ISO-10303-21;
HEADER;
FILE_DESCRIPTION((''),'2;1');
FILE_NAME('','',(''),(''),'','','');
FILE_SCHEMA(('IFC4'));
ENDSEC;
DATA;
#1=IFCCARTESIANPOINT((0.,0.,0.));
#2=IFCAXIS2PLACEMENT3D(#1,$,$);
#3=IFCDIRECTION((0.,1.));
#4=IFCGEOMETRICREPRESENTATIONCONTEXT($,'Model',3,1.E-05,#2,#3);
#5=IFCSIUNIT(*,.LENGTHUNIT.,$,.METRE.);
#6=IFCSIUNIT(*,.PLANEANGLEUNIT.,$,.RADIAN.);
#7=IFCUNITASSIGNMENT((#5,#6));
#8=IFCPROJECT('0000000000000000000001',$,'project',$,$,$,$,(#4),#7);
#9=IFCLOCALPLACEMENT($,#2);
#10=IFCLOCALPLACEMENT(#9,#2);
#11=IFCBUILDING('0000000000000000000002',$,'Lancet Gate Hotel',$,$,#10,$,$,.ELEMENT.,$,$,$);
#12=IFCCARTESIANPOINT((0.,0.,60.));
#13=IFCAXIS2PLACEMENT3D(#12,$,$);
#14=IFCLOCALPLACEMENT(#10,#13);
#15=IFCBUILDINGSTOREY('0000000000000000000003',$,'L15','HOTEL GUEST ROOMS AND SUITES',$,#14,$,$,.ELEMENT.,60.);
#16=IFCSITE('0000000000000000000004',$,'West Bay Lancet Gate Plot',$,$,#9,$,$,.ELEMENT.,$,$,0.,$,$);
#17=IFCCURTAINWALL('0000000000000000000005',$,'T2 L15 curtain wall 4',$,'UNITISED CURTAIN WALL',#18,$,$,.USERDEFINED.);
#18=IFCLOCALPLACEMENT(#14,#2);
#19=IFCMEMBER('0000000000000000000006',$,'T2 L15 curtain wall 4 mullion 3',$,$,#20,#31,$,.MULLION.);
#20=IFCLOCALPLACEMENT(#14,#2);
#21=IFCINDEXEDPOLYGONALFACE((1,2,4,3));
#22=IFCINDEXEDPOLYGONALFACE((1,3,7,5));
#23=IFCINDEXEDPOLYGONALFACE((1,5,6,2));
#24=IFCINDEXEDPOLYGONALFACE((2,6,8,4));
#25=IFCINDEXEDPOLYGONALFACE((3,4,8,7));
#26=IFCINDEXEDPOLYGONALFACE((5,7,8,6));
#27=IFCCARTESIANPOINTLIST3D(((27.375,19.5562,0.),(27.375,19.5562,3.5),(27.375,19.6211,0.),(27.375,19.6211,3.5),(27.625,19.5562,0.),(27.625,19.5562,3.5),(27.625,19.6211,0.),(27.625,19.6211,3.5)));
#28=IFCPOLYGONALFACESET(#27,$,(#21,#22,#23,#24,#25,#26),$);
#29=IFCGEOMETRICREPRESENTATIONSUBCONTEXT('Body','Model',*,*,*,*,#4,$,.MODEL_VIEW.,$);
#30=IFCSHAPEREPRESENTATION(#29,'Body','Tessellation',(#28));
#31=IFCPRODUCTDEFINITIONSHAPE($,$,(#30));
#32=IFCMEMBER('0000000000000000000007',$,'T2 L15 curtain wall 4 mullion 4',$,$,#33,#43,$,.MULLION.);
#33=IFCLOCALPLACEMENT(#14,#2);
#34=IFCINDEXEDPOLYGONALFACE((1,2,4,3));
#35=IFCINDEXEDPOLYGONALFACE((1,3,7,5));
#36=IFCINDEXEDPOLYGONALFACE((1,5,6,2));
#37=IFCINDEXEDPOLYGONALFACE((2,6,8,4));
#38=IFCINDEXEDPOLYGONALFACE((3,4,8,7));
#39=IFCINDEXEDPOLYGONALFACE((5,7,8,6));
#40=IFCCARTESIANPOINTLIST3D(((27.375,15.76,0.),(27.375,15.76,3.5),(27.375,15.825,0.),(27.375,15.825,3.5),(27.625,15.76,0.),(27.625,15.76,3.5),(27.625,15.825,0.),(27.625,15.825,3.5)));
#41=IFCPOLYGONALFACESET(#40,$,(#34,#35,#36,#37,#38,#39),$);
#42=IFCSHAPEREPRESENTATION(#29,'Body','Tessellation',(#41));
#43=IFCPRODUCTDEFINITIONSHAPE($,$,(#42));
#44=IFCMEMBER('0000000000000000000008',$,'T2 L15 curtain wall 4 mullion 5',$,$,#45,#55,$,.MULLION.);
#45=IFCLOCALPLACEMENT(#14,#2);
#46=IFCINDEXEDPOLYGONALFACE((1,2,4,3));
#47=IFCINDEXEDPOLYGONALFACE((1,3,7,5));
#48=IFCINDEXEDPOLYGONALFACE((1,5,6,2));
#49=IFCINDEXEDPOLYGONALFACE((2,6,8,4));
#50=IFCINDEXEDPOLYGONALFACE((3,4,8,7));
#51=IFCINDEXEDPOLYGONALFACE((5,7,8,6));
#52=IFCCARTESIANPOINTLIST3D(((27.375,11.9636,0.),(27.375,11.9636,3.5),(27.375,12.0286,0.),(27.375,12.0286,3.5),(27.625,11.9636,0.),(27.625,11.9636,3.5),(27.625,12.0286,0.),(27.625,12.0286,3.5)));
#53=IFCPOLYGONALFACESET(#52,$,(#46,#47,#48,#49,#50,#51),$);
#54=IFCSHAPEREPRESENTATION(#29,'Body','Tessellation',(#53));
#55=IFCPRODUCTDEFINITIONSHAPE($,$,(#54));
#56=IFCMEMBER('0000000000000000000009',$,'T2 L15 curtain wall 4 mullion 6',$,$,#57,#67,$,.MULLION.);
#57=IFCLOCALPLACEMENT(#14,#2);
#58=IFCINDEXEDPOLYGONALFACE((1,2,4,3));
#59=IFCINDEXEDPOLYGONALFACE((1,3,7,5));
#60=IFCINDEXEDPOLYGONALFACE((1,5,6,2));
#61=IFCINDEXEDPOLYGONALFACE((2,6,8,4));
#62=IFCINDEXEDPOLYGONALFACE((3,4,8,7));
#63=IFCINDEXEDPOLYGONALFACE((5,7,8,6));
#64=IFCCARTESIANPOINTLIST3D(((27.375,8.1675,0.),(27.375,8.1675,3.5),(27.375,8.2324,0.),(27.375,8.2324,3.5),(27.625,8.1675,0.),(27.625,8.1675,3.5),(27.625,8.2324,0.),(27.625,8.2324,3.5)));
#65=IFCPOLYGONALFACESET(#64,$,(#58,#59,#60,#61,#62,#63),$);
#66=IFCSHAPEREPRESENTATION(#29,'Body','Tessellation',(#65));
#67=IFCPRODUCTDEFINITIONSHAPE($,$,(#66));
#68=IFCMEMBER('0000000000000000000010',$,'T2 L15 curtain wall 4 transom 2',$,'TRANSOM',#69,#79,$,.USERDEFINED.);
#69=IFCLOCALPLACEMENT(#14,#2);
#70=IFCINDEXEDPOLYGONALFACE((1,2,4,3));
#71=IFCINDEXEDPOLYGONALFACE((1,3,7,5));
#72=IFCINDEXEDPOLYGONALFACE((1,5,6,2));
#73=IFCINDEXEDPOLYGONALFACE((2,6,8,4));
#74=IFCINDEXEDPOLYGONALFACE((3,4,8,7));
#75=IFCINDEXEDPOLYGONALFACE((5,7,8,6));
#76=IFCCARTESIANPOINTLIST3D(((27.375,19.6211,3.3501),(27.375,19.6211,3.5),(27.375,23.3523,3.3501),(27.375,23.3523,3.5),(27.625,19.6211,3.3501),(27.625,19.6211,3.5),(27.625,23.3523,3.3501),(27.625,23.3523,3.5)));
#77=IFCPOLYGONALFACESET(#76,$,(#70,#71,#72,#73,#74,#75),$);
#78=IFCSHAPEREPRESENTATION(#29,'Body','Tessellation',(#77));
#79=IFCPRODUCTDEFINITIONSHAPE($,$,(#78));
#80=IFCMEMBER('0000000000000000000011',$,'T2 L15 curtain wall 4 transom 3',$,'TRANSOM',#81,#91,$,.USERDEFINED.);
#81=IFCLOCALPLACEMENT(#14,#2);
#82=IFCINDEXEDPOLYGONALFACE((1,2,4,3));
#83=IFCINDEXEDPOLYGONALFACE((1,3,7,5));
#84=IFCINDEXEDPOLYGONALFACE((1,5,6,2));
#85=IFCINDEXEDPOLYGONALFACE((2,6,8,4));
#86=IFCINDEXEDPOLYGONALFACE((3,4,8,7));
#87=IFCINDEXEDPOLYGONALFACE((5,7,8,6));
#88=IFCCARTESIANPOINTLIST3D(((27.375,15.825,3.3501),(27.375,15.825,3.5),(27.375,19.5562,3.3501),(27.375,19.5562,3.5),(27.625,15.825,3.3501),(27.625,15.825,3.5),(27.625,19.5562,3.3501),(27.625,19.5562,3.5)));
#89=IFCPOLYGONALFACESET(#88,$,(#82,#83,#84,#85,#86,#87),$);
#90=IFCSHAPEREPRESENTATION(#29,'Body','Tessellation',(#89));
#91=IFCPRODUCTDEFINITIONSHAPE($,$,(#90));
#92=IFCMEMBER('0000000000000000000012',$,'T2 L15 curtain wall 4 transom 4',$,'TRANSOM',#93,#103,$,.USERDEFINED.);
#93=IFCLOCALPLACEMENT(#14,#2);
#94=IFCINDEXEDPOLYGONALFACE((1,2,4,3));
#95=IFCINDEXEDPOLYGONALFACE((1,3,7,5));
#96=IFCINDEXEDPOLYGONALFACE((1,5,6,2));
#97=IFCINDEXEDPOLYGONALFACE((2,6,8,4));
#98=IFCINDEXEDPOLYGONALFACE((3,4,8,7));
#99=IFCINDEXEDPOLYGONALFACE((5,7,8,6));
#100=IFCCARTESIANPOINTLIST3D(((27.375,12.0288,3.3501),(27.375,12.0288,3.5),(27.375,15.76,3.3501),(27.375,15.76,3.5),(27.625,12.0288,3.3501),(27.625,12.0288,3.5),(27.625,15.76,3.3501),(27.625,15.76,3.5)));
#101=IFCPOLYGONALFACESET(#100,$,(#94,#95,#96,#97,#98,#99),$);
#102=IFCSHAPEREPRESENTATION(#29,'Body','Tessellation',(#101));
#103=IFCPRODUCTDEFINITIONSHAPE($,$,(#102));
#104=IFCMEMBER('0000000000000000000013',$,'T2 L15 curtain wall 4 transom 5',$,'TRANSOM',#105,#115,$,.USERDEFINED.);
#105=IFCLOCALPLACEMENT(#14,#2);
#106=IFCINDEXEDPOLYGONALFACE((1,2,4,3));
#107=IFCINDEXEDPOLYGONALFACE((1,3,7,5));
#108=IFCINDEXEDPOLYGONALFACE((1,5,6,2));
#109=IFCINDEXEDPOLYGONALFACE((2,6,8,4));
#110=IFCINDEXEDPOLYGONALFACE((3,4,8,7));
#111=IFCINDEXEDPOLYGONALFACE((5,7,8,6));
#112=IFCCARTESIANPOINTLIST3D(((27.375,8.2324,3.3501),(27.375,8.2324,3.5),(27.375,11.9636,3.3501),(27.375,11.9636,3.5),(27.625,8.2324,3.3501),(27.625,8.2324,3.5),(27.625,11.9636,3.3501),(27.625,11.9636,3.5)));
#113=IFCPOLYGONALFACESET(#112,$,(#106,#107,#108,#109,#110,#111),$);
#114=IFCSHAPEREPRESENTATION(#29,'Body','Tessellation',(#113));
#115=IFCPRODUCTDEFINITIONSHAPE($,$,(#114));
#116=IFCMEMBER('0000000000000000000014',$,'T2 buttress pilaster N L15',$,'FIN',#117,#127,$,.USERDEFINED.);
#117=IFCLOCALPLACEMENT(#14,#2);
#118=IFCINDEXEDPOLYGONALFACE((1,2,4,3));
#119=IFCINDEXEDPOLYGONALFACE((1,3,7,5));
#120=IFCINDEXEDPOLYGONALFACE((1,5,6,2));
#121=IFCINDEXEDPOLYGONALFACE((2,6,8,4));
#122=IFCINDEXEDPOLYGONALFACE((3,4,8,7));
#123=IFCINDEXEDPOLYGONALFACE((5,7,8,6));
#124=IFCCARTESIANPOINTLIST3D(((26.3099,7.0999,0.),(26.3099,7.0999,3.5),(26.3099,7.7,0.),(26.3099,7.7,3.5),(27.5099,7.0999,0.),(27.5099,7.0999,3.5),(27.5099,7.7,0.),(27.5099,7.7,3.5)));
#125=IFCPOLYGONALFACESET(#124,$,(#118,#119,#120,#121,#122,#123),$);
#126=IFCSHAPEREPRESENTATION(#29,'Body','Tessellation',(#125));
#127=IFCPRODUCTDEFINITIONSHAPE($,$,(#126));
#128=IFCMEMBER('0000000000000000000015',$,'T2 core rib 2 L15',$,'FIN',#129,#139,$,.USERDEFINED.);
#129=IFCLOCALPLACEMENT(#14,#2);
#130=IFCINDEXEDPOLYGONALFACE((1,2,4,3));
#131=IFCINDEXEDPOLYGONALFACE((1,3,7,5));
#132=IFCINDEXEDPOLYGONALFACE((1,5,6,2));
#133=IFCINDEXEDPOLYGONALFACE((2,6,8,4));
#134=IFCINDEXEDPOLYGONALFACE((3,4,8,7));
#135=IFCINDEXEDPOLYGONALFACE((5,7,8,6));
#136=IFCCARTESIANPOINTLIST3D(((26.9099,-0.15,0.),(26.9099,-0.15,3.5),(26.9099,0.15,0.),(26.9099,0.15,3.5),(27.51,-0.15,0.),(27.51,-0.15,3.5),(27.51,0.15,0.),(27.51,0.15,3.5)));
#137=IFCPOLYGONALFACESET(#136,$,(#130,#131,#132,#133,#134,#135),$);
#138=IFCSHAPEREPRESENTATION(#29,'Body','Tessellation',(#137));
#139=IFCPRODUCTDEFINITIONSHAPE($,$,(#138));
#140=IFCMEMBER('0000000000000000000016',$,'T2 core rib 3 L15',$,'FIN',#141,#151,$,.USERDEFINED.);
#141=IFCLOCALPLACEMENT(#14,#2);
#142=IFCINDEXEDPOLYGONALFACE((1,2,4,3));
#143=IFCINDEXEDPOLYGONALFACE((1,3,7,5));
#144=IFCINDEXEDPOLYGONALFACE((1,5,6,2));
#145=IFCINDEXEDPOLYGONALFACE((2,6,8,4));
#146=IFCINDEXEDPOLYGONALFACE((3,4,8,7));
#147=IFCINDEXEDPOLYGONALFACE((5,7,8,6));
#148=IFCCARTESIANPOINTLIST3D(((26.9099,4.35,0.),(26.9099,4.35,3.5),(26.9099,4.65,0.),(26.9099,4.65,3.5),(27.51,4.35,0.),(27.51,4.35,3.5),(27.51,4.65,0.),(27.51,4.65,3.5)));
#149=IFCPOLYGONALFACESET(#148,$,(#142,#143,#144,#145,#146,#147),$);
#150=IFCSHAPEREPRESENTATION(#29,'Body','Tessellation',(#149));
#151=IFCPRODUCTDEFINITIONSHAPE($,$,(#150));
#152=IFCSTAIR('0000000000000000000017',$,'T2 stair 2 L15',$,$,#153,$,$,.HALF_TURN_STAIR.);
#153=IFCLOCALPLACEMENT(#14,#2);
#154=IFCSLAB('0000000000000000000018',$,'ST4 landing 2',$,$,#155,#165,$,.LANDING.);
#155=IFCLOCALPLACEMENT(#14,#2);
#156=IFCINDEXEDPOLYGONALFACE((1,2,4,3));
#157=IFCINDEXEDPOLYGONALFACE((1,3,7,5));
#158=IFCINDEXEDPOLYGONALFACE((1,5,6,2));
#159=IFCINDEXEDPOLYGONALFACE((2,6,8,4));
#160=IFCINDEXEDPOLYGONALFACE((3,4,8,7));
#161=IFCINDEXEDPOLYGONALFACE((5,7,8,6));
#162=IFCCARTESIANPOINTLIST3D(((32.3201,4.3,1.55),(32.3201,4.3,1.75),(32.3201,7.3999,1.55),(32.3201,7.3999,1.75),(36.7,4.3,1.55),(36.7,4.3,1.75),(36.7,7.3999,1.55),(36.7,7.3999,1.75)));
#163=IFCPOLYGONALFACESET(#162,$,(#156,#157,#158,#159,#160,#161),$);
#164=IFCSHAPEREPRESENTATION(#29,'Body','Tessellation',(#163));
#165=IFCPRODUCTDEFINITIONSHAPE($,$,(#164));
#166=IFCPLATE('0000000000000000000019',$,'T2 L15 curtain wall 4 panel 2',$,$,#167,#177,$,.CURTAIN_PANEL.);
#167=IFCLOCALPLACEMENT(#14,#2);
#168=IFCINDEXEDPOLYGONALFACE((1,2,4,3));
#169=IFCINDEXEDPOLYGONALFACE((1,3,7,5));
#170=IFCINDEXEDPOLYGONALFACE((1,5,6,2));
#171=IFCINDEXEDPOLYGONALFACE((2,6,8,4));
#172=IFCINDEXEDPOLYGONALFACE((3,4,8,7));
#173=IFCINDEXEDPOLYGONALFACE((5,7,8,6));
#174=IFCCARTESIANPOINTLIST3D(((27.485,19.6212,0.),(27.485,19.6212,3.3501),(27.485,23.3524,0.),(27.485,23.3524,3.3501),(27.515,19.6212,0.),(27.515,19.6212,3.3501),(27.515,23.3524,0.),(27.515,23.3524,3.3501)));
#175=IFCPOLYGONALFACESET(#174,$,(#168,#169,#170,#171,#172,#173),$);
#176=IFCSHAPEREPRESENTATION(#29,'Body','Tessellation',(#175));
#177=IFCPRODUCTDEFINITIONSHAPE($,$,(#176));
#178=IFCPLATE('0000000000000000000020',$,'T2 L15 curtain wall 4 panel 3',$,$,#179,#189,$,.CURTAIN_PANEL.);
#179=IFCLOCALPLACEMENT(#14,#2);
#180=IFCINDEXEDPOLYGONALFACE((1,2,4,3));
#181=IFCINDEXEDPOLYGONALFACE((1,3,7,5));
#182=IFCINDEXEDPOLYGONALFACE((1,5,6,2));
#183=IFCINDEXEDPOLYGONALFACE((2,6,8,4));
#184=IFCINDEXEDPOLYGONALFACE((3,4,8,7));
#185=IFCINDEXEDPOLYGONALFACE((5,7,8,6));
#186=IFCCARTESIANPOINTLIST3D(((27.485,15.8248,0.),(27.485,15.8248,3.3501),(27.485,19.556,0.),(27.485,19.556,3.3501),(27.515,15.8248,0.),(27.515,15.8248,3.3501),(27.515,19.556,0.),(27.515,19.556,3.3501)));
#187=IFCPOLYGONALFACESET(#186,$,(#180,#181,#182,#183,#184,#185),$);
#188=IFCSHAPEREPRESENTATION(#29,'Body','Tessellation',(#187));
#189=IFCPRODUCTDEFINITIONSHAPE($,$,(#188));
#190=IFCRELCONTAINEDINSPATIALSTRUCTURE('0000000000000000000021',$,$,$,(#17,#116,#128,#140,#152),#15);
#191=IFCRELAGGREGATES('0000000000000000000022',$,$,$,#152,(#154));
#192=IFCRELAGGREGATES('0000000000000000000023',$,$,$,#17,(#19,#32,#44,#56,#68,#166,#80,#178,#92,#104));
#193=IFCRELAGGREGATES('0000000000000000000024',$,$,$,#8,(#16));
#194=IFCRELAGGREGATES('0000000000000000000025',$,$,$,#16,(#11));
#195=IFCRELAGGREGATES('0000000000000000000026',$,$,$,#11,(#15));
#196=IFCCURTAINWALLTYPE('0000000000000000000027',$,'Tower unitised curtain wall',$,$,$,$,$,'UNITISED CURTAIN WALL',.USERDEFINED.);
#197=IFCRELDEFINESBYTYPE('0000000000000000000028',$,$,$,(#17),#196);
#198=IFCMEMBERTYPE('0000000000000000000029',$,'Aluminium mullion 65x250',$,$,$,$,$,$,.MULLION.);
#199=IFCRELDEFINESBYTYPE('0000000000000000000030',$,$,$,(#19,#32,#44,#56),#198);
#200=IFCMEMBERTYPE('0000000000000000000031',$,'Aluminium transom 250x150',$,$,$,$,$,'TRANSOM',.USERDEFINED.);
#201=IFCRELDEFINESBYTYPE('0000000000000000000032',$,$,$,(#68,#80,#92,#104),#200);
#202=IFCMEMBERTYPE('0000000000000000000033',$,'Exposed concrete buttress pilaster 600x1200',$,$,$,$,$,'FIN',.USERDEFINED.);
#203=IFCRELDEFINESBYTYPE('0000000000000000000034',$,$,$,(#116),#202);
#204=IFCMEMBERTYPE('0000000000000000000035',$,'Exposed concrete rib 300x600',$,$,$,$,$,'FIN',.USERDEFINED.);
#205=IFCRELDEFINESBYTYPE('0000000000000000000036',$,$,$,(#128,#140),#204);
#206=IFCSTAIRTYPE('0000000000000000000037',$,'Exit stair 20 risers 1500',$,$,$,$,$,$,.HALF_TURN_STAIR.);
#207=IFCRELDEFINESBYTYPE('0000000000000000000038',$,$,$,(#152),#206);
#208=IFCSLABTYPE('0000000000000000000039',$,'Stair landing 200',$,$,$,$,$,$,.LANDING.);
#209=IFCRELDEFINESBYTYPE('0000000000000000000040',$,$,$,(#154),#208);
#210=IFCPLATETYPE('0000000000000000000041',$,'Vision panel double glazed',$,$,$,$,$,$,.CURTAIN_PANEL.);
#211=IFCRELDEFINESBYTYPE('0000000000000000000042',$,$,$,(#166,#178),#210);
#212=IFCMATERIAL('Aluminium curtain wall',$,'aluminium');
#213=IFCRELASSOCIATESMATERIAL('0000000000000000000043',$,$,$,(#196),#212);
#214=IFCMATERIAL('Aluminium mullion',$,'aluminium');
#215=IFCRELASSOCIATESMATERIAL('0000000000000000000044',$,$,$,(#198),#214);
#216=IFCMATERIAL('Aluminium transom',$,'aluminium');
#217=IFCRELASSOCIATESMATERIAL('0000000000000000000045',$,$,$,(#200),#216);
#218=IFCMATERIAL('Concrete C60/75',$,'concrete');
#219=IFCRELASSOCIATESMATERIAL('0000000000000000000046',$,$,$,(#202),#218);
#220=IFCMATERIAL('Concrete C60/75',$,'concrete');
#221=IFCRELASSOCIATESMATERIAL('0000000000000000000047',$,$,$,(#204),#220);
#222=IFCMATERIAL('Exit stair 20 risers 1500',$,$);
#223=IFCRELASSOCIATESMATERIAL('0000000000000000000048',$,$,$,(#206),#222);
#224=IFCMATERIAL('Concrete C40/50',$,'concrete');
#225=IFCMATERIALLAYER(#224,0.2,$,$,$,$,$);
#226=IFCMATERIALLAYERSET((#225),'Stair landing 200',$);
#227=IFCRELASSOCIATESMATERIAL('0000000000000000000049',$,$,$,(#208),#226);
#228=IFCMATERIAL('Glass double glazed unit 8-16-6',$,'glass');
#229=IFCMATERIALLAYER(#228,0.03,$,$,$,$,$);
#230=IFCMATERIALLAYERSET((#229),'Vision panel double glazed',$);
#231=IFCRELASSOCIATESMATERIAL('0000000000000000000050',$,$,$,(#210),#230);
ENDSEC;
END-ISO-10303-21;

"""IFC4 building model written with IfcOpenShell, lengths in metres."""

from ifc_helpers import new_model, si_unit, direction, frame, origin, origin_2d, place, context, subcontext, project, spatial, polyline, rectangle, outline, extrude, material, layer, layer_set, material_profile, profile_set, type_object, element, aggregate, save


model = new_model("IFC4")

# Units and contexts
model_context = context("Model", 3, precision=1e-05, world=origin(), true_north=direction((0.0, 1.0)))
body_context = subcontext(model_context, "Body", "Model", "MODEL_VIEW")
ifc_project = project(units=[si_unit("LENGTHUNIT", "METRE"), si_unit("PLANEANGLEUNIT", "RADIAN")], contexts=[model_context])

# Site, building, storey
site_placement = place(None, origin())
site = spatial("IfcSite", under=ifc_project, at=site_placement, Name="West Bay Lancet Gate Plot", CompositionType="ELEMENT", RefElevation=0.0)
building_placement = place(site_placement, origin())
building = spatial("IfcBuilding", under=site, at=building_placement, Name="Lancet Gate Hotel", CompositionType="ELEMENT")
storey_placement = place(building_placement, frame((0.0, 0.0, 60.0)))
storey = spatial("IfcBuildingStorey", under=building, at=storey_placement, Name="L15", Description="HOTEL GUEST ROOMS AND SUITES", CompositionType="ELEMENT", Elevation=60.0)

# Curtain wall, members
ifc_material_1 = material(Name="Aluminium curtain wall", Category="aluminium")
curtain_wall_type = type_object("IfcCurtainWallType", Name="Tower unitised curtain wall", ElementType="UNITISED CURTAIN WALL", PredefinedType="USERDEFINED", material=ifc_material_1)
curtain_wall_placement = place(storey_placement, origin())
curtain_wall = element("IfcCurtainWall", 1, at=curtain_wall_placement, inside=storey, type_object=curtain_wall_type, Name="T2 L15 curtain wall 4", ObjectType="UNITISED CURTAIN WALL", PredefinedType="USERDEFINED")
ifc_material_2 = material(Name="Aluminium mullion", Category="aluminium")
ifc_material_profile_1 = material_profile(ifc_material_2, rectangle(XDim=0.0649, YDim=0.25, at=origin_2d()), Name="MULLION 65x250")
ifc_profile_set_1 = profile_set([ifc_material_profile_1], Name="Aluminium mullion")
member_type_1 = type_object("IfcMemberType", Name="Aluminium mullion 65x250", PredefinedType="MULLION", material=ifc_profile_set_1)
member_1_placement = place(storey_placement, frame((27.5, 19.5886, 0.0), z_axis=(0.0, 0.0, 1.0), x_axis=(0.0, -1.0, 0.0)))
member_1 = element("IfcMember", 2, at=member_1_placement, type_object=member_type_1, Name="T2 L15 curtain wall 4 mullion 3", PredefinedType="MULLION", context=body_context, shape_type="SweptSolid", body=[
    extrude(rectangle(XDim=0.0649, YDim=0.25, at=origin_2d()), origin(), (0.0, 0.0, 1.0), 3.5),
])
member_2_placement = place(storey_placement, frame((27.5, 15.7925, 0.0), z_axis=(0.0, 0.0, 1.0), x_axis=(0.0, -1.0, 0.0)))
member_2 = element("IfcMember", 3, at=member_2_placement, type_object=member_type_1, Name="T2 L15 curtain wall 4 mullion 4", PredefinedType="MULLION", context=body_context, shape_type="SweptSolid", body=[
    extrude(rectangle(XDim=0.0649, YDim=0.25, at=origin_2d()), origin(), (0.0, 0.0, 1.0), 3.5),
])
member_3_placement = place(storey_placement, frame((27.5, 11.9961, 0.0), z_axis=(0.0, 0.0, 1.0), x_axis=(0.0, -1.0, 0.0)))
member_3 = element("IfcMember", 4, at=member_3_placement, type_object=member_type_1, Name="T2 L15 curtain wall 4 mullion 5", PredefinedType="MULLION", context=body_context, shape_type="SweptSolid", body=[
    extrude(rectangle(XDim=0.0649, YDim=0.25, at=origin_2d()), origin(), (0.0, 0.0, 1.0), 3.5),
])
member_4_placement = place(storey_placement, frame((27.5, 8.2, 0.0), z_axis=(0.0, 0.0, 1.0), x_axis=(0.0, -1.0, 0.0)))
member_4 = element("IfcMember", 5, at=member_4_placement, type_object=member_type_1, Name="T2 L15 curtain wall 4 mullion 6", PredefinedType="MULLION", context=body_context, shape_type="SweptSolid", body=[
    extrude(rectangle(XDim=0.0649, YDim=0.25, at=origin_2d()), origin(), (0.0, 0.0, 1.0), 3.5),
])
ifc_material_3 = material(Name="Aluminium transom", Category="aluminium")
ifc_material_profile_2 = material_profile(ifc_material_3, rectangle(XDim=0.25, YDim=0.1499, at=origin_2d()), Name="TRANSOM 250x150")
ifc_profile_set_2 = profile_set([ifc_material_profile_2], Name="Aluminium transom")
member_type_2 = type_object("IfcMemberType", Name="Aluminium transom 250x150", ElementType="TRANSOM", PredefinedType="USERDEFINED", material=ifc_profile_set_2)
member_5_placement = place(storey_placement, frame((27.5, 23.3523, 3.425), z_axis=(0.0, -1.0, 0.0), x_axis=(1.0, 0.0, 0.0)))
member_5 = element("IfcMember", 6, at=member_5_placement, type_object=member_type_2, Name="T2 L15 curtain wall 4 transom 2", ObjectType="TRANSOM", PredefinedType="USERDEFINED", context=body_context, shape_type="SweptSolid", body=[
    extrude(rectangle(XDim=0.25, YDim=0.1499, at=origin_2d()), origin(), (0.0, 0.0, 1.0), 3.7312),
])
member_6_placement = place(storey_placement, frame((27.5, 19.5562, 3.425), z_axis=(0.0, -1.0, 0.0), x_axis=(1.0, 0.0, 0.0)))
member_6 = element("IfcMember", 7, at=member_6_placement, type_object=member_type_2, Name="T2 L15 curtain wall 4 transom 3", ObjectType="TRANSOM", PredefinedType="USERDEFINED", context=body_context, shape_type="SweptSolid", body=[
    extrude(rectangle(XDim=0.25, YDim=0.1499, at=origin_2d()), origin(), (0.0, 0.0, 1.0), 3.7312),
])
member_7_placement = place(storey_placement, frame((27.5, 15.76, 3.425), z_axis=(0.0, -1.0, 0.0), x_axis=(1.0, 0.0, 0.0)))
member_7 = element("IfcMember", 8, at=member_7_placement, type_object=member_type_2, Name="T2 L15 curtain wall 4 transom 4", ObjectType="TRANSOM", PredefinedType="USERDEFINED", context=body_context, shape_type="SweptSolid", body=[
    extrude(rectangle(XDim=0.25, YDim=0.1499, at=origin_2d()), origin(), (0.0, 0.0, 1.0), 3.7312),
])
member_8_placement = place(storey_placement, frame((27.5, 11.9636, 3.425), z_axis=(0.0, -1.0, 0.0), x_axis=(1.0, 0.0, 0.0)))
member_8 = element("IfcMember", 9, at=member_8_placement, type_object=member_type_2, Name="T2 L15 curtain wall 4 transom 5", ObjectType="TRANSOM", PredefinedType="USERDEFINED", context=body_context, shape_type="SweptSolid", body=[
    extrude(rectangle(XDim=0.25, YDim=0.1499, at=origin_2d()), origin(), (0.0, 0.0, 1.0), 3.7312),
])

# Members
ifc_material_4 = material(Name="Concrete C60/75", Category="concrete")
ifc_material_profile_3 = material_profile(ifc_material_4, rectangle(XDim=0.6001, YDim=1.2, at=origin_2d()), Name="FIN 600x1200")
ifc_profile_set_3 = profile_set([ifc_material_profile_3], Name="Concrete C60/75")
member_type_3 = type_object("IfcMemberType", Name="Exposed concrete buttress pilaster 600x1200", ElementType="FIN", PredefinedType="USERDEFINED", material=ifc_profile_set_3)
member_9_placement = place(storey_placement, frame((26.9099, 7.3999, 0.0), z_axis=(0.0, 0.0, 1.0), x_axis=(0.0, 1.0, 0.0)))
element("IfcMember", 10, at=member_9_placement, inside=storey, type_object=member_type_3, Name="T2 buttress pilaster N L15", ObjectType="FIN", PredefinedType="USERDEFINED", context=body_context, shape_type="SweptSolid", body=[
    extrude(rectangle(XDim=0.6001, YDim=1.2, at=origin_2d()), origin(), (0.0, 0.0, 1.0), 3.5),
])
ifc_material_5 = material(Name="Concrete C60/75", Category="concrete")
ifc_material_profile_4 = material_profile(ifc_material_5, rectangle(XDim=0.3, YDim=0.6001, at=origin_2d()), Name="FIN 300x600")
ifc_profile_set_4 = profile_set([ifc_material_profile_4], Name="Concrete C60/75")
member_type_4 = type_object("IfcMemberType", Name="Exposed concrete rib 300x600", ElementType="FIN", PredefinedType="USERDEFINED", material=ifc_profile_set_4)
for number, where, z_axis, x_axis, name in (
    (11, (27.21, 0.0, 0.0), (0.0, 0.0, 1.0), (0.0, 1.0, 0.0), "T2 core rib 2 L15"),
    (12, (27.21, 4.5, 0.0), (0.0, 0.0, 1.0), (0.0, 1.0, 0.0), "T2 core rib 3 L15"),
):
    element("IfcMember", number, at=place(storey_placement, frame(where, z_axis=z_axis, x_axis=x_axis)), inside=storey, type_object=member_type_4, Name=name, ObjectType="FIN", PredefinedType="USERDEFINED", context=body_context, shape_type="SweptSolid", body=[
        extrude(rectangle(XDim=0.3, YDim=0.6001, at=origin_2d()), origin(), (0.0, 0.0, 1.0), 3.5),
    ])

# Stair, slab
ifc_material_6 = material(Name="Exit stair 20 risers 1500")
stair_type = type_object("IfcStairType", Name="Exit stair 20 risers 1500", PredefinedType="HALF_TURN_STAIR", material=ifc_material_6)
stair_placement = place(storey_placement, origin())
stair = element("IfcStair", 13, at=stair_placement, inside=storey, type_object=stair_type, Name="T2 stair 2 L15", PredefinedType="HALF_TURN_STAIR")
ifc_material_7 = material(Name="Concrete C40/50", Category="concrete")
ifc_layer_1 = layer(ifc_material_7, 0.2)
ifc_layer_set_1 = layer_set([ifc_layer_1], Name="Stair landing 200")
slab_type = type_object("IfcSlabType", Name="Stair landing 200", PredefinedType="LANDING", material=ifc_layer_set_1)
slab_placement = place(storey_placement, frame((0.0, 0.0, 1.55)))
slab = element("IfcSlab", 14, at=slab_placement, type_object=slab_type, Name="ST4 landing 2", PredefinedType="LANDING", context=body_context, shape_type="SweptSolid", body=[
    extrude(outline(polyline([(32.3201, 4.3), (36.7, 4.3), (36.7, 7.3999), (32.3201, 7.3999), (32.3201, 4.3)])), origin(), (0.0, 0.0, 1.0), 0.2),
])
aggregate(stair, [slab])

# Plates
ifc_material_8 = material(Name="Glass double glazed unit 8-16-6", Category="glass")
ifc_layer_2 = layer(ifc_material_8, 0.03)
ifc_layer_set_2 = layer_set([ifc_layer_2], Name="Vision panel double glazed")
plate_type = type_object("IfcPlateType", Name="Vision panel double glazed", PredefinedType="CURTAIN_PANEL", material=ifc_layer_set_2)
plate_1_placement = place(storey_placement, frame((27.5, 21.4868, 0.0), z_axis=(0.0, 0.0, 1.0), x_axis=(0.0, -1.0, 0.0)))
plate_1 = element("IfcPlate", 15, at=plate_1_placement, type_object=plate_type, Name="T2 L15 curtain wall 4 panel 2", PredefinedType="CURTAIN_PANEL", context=body_context, shape_type="SweptSolid", body=[
    extrude(rectangle(XDim=3.7312, YDim=0.03, at=origin_2d()), origin(), (0.0, 0.0, 1.0), 3.3501),
])
plate_2_placement = place(storey_placement, frame((27.5, 17.6904, 0.0), z_axis=(0.0, 0.0, 1.0), x_axis=(0.0, -1.0, 0.0)))
plate_2 = element("IfcPlate", 16, at=plate_2_placement, type_object=plate_type, Name="T2 L15 curtain wall 4 panel 3", PredefinedType="CURTAIN_PANEL", context=body_context, shape_type="SweptSolid", body=[
    extrude(rectangle(XDim=3.7312, YDim=0.03, at=origin_2d()), origin(), (0.0, 0.0, 1.0), 3.3501),
])
aggregate(curtain_wall, [member_1, member_2, member_3, member_4, member_5, plate_1, member_6, plate_2, member_7, member_8])

save(model, "model.ifc")
